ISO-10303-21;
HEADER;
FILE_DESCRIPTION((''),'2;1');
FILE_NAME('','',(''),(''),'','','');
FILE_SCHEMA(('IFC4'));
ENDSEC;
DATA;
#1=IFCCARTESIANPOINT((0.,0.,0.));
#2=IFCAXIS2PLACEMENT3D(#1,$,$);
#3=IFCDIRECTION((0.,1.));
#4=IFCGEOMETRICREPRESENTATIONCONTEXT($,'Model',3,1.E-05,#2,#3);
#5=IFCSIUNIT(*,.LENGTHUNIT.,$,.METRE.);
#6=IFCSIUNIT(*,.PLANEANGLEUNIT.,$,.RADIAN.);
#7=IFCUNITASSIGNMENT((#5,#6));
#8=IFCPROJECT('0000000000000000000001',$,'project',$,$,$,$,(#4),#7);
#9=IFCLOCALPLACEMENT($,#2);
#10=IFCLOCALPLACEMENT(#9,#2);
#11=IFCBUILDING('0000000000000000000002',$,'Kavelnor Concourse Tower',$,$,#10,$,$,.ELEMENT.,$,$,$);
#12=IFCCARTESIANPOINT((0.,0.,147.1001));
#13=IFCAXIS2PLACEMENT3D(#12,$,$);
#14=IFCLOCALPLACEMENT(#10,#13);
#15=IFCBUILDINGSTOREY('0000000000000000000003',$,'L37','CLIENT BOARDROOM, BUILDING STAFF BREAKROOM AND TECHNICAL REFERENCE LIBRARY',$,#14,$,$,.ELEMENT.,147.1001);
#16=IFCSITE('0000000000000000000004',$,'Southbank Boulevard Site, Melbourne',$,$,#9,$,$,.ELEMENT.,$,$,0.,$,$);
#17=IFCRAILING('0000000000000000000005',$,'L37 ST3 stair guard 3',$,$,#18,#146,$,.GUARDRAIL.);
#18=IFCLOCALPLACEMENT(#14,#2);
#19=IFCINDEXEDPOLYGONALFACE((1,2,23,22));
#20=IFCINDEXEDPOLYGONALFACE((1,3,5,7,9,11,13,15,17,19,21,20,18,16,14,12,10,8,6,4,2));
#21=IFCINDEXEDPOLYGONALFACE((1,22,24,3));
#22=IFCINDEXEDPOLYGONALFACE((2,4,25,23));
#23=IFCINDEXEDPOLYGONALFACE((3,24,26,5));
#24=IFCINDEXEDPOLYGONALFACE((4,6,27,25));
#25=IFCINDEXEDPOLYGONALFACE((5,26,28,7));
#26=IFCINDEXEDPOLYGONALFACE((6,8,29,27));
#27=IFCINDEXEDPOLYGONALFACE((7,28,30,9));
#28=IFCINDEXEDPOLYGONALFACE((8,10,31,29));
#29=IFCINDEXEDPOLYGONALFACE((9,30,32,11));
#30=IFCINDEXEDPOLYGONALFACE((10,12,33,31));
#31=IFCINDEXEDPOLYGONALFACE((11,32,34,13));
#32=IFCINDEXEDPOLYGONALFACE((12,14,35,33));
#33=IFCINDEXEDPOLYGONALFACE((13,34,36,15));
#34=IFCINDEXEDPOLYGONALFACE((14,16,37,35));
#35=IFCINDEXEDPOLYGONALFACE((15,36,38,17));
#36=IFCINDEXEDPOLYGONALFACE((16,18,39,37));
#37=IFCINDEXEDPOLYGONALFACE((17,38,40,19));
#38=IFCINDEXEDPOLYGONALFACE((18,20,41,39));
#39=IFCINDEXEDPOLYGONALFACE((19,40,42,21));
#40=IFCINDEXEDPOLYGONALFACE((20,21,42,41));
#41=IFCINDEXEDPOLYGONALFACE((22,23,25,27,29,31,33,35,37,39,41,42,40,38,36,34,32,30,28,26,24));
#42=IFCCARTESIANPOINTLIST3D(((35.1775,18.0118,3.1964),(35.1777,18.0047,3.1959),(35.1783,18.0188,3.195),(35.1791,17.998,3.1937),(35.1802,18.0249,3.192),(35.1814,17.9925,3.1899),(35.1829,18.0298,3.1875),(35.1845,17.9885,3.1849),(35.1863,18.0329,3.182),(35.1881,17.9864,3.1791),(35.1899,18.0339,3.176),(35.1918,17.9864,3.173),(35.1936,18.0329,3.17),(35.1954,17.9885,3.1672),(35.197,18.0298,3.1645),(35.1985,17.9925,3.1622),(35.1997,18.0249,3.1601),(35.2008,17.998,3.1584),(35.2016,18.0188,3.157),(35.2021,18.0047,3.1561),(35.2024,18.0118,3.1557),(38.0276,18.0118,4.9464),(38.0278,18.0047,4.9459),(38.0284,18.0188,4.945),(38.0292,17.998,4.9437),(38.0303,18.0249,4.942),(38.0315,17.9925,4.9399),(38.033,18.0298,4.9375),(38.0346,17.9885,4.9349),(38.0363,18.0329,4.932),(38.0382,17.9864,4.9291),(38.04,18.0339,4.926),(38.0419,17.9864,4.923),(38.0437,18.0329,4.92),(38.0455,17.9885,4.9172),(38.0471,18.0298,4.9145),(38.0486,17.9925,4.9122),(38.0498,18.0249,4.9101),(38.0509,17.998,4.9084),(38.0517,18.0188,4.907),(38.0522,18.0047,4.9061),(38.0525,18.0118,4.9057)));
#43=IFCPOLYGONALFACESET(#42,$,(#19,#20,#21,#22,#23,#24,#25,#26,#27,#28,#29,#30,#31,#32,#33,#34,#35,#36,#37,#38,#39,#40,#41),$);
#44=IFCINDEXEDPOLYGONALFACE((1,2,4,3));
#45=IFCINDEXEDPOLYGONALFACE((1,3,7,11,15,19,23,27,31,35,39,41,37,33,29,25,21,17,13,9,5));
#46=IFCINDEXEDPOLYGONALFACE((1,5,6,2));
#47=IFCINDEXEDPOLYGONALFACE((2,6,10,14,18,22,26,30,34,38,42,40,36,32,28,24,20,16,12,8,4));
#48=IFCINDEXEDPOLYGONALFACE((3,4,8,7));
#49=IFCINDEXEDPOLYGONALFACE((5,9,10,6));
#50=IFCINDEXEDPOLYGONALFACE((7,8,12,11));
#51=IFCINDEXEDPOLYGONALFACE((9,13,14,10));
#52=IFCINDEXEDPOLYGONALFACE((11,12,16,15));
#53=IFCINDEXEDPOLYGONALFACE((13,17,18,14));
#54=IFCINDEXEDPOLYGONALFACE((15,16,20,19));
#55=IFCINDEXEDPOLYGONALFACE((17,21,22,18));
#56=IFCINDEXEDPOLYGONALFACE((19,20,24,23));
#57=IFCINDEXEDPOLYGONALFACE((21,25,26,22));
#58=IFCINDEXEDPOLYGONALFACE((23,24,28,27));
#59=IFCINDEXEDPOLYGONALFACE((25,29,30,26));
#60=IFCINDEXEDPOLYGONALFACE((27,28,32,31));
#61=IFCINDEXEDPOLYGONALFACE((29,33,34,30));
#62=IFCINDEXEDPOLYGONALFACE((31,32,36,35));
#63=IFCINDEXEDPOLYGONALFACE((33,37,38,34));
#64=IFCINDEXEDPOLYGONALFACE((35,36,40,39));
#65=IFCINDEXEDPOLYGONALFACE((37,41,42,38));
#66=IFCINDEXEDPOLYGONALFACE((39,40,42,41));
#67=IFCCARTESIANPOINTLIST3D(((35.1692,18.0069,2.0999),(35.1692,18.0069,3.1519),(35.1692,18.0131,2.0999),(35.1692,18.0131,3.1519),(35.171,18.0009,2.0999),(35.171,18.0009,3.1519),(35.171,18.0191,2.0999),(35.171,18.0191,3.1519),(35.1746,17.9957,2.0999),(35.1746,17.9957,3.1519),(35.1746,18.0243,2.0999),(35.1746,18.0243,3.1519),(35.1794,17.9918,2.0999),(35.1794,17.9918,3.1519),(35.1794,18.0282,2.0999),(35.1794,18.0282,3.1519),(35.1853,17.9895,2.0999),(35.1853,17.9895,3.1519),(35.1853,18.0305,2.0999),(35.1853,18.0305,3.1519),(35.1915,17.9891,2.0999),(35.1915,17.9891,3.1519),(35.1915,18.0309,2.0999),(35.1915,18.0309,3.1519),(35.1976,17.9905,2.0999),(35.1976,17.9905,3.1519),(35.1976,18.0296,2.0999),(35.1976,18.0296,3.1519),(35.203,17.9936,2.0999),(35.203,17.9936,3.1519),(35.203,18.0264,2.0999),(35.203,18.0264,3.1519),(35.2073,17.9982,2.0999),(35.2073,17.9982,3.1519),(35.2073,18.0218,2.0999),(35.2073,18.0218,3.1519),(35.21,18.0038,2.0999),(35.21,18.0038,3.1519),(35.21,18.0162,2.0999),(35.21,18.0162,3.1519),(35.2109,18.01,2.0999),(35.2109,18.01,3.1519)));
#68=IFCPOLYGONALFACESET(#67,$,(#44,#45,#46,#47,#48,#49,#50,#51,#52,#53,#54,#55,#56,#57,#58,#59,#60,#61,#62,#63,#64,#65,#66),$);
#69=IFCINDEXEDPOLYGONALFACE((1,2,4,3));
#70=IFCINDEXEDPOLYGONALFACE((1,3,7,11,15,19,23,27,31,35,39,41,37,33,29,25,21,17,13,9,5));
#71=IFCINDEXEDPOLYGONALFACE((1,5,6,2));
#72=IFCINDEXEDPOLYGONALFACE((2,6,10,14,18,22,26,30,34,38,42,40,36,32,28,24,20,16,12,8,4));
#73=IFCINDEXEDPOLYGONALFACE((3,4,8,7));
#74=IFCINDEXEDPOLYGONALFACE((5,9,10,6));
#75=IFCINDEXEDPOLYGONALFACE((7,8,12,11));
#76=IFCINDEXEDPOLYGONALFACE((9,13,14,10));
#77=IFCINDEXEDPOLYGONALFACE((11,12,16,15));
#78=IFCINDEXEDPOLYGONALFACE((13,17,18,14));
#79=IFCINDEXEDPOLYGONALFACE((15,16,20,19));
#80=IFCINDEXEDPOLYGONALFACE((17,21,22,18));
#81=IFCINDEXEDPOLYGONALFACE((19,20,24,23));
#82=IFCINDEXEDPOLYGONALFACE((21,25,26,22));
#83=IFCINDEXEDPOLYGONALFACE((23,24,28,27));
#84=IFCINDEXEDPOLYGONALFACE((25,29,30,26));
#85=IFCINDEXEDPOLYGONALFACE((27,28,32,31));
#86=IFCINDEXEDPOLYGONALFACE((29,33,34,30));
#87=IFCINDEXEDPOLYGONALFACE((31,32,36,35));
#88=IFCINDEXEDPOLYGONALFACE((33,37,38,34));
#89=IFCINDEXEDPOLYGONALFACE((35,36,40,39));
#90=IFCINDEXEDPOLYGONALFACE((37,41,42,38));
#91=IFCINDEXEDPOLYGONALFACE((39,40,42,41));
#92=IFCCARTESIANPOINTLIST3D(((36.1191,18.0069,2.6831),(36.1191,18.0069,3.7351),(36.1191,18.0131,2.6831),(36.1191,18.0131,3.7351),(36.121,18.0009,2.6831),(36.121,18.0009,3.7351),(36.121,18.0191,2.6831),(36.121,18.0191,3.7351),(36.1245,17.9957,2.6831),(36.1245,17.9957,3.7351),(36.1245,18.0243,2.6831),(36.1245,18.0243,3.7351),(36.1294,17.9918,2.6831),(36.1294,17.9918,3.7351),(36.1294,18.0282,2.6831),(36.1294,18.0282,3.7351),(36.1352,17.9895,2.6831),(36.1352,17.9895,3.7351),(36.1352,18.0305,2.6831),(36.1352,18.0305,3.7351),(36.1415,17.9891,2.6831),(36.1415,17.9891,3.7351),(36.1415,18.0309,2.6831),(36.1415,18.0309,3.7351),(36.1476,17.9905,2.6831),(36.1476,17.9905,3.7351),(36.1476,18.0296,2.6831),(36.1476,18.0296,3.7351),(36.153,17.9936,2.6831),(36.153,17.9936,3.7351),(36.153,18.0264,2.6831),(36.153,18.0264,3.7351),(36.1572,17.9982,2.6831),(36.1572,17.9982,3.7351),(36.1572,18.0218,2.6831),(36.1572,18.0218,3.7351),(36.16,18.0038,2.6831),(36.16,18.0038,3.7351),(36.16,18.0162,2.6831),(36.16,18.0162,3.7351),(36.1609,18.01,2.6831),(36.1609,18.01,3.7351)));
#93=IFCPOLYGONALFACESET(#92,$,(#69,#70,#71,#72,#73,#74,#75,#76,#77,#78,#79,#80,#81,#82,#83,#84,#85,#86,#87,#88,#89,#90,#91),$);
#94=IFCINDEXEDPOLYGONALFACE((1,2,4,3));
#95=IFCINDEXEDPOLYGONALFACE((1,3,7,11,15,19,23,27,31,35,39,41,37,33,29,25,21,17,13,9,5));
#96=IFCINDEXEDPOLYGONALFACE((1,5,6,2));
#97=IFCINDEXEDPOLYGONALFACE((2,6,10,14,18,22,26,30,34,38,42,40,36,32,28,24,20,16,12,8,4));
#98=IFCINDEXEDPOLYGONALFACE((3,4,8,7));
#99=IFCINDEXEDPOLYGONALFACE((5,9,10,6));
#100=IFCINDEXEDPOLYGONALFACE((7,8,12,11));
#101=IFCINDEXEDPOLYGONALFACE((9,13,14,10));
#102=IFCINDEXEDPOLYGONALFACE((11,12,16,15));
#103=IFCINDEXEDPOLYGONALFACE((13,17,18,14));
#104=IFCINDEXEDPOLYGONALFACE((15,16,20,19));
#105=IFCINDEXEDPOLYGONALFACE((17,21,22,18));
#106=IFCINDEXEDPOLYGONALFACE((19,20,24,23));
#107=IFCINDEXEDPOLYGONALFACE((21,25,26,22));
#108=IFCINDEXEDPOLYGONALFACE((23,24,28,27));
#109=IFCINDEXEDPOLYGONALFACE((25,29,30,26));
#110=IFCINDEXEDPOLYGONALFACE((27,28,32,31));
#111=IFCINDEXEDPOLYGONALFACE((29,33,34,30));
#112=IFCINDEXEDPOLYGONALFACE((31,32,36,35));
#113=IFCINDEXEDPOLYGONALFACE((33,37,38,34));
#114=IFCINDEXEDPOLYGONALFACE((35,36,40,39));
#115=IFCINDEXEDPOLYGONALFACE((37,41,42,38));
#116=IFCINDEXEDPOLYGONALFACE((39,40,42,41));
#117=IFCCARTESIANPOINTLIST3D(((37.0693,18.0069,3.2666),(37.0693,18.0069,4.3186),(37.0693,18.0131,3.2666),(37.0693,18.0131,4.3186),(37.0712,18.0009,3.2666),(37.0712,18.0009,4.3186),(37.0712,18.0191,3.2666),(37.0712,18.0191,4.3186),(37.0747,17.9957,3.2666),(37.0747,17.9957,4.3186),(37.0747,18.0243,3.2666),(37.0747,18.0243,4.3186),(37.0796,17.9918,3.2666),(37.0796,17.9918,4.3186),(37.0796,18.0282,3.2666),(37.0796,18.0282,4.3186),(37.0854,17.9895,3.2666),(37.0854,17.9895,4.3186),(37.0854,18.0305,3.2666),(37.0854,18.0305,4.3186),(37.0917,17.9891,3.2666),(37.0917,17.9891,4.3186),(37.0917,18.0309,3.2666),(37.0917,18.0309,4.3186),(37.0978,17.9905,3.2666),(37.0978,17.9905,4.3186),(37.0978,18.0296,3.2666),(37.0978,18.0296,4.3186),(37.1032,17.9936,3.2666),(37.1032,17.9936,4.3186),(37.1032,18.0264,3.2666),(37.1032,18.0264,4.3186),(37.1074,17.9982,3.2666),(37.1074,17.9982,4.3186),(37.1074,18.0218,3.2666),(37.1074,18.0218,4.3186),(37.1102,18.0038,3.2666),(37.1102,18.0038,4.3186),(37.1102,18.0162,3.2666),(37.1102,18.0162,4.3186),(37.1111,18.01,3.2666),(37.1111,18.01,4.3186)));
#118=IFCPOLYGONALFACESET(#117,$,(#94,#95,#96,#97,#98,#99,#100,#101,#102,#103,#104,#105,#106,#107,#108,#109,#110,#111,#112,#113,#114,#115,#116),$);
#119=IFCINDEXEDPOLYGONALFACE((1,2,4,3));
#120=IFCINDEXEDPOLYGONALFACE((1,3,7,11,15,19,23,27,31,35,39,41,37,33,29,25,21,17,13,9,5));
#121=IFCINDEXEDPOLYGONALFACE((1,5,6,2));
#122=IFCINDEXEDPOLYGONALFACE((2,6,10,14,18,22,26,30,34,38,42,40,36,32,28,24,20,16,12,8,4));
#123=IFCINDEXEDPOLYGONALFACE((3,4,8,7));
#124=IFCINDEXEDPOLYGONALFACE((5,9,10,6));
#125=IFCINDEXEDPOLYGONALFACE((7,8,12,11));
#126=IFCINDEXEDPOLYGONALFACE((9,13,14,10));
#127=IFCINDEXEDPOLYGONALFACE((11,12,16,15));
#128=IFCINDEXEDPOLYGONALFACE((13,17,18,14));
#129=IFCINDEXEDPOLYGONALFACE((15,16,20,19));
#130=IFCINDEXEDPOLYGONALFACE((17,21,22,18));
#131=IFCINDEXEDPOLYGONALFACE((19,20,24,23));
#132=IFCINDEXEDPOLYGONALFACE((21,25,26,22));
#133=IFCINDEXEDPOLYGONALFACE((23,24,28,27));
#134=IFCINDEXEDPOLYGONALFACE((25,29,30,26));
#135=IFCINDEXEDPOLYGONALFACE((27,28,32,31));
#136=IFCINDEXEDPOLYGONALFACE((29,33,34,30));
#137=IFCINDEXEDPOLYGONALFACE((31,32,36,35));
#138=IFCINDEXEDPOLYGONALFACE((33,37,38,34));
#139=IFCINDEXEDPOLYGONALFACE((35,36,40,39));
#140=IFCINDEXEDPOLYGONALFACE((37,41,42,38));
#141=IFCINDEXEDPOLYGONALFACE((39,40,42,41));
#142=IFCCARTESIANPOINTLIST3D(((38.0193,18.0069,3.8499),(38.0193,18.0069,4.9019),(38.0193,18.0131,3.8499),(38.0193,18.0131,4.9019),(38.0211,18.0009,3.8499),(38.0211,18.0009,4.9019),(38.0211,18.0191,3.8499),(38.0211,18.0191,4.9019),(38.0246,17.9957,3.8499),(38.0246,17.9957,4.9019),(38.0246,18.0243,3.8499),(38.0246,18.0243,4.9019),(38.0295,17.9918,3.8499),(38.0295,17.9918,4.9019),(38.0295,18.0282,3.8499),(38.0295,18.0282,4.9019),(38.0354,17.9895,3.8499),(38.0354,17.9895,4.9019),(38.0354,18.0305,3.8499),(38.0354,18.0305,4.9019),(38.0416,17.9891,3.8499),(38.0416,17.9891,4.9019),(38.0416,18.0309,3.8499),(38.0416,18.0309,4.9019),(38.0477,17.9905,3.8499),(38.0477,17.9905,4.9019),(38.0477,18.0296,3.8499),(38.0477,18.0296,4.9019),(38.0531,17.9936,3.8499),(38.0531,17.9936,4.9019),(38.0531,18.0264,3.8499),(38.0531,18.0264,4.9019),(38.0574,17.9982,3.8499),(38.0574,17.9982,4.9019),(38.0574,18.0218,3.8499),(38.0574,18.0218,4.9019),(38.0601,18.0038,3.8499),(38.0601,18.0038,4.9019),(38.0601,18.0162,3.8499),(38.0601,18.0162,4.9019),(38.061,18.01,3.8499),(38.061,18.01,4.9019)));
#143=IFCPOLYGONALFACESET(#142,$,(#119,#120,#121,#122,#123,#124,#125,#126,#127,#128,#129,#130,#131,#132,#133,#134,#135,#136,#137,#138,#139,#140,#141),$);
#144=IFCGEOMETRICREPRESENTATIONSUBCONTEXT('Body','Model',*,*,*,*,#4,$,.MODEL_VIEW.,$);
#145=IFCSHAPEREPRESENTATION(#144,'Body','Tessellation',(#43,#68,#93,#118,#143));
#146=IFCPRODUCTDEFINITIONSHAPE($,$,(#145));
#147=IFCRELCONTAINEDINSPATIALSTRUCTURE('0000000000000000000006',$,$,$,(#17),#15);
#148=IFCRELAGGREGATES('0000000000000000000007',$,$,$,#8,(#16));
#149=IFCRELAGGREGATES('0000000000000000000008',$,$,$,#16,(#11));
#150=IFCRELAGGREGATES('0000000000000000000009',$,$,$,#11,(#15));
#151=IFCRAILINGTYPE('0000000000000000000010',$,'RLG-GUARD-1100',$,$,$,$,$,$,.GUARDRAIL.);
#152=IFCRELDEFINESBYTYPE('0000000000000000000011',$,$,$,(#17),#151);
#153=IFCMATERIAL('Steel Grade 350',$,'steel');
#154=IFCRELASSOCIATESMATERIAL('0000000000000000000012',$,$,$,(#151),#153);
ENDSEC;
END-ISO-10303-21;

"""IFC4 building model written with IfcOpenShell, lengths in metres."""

from ifc_helpers import new_model, si_unit, direction, frame, origin, origin_2d, place, context, subcontext, project, spatial, circle, extrude, material, type_object, element, save


model = new_model("IFC4")

# Units and contexts
model_context = context("Model", 3, precision=1e-05, world=origin(), true_north=direction((0.0, 1.0)))
body_context = subcontext(model_context, "Body", "Model", "MODEL_VIEW")
ifc_project = project(units=[si_unit("LENGTHUNIT", "METRE"), si_unit("PLANEANGLEUNIT", "RADIAN")], contexts=[model_context])

# Site, building, storey
site_placement = place(None, origin())
site = spatial("IfcSite", under=ifc_project, at=site_placement, Name="Southbank Boulevard Site, Melbourne", CompositionType="ELEMENT", RefElevation=0.0)
building_placement = place(site_placement, origin())
building = spatial("IfcBuilding", under=site, at=building_placement, Name="Kavelnor Concourse Tower", CompositionType="ELEMENT")
storey_placement = place(building_placement, frame((0.0, 0.0, 147.1001)))
storey = spatial("IfcBuildingStorey", under=building, at=storey_placement, Name="L37", Description="CLIENT BOARDROOM, BUILDING STAFF BREAKROOM AND TECHNICAL REFERENCE LIBRARY", CompositionType="ELEMENT", Elevation=147.1001)

# Shared definitions
ifc_material_1 = material(Name="Steel Grade 350", Category="steel")

# Railing
railing_type_1 = type_object("IfcRailingType", Name="RLG-GUARD-1100", PredefinedType="GUARDRAIL", material=ifc_material_1)
railing_1_placement = place(storey_placement, frame((35.1899, 18.01, 2.0999)))
element("IfcRailing", 1, at=railing_1_placement, inside=storey, type_object=railing_type_1, Name="L37 ST3 stair guard 3", PredefinedType="GUARDRAIL", context=body_context, shape_type="SweptSolid", body=[
    extrude(circle(Radius=0.0239, at=origin_2d()), frame((0.0, 0.0, 1.0762), z_axis=(0.852179, 0.0, 0.52325), x_axis=(0.0, 1.0, 0.0)), (0.0, 0.0, 1.0), 3.3445),
    extrude(circle(Radius=0.021, at=origin_2d()), origin(), (0.0, 0.0, 1.0), 1.052),
    extrude(circle(Radius=0.021, at=origin_2d()), frame((0.95, 0.0, 0.5833)), (0.0, 0.0, 1.0), 1.052),
    extrude(circle(Radius=0.021, at=origin_2d()), frame((1.9001, 0.0, 1.1667)), (0.0, 0.0, 1.0), 1.052),
    extrude(circle(Radius=0.021, at=origin_2d()), frame((2.8501, 0.0, 1.75)), (0.0, 0.0, 1.0), 1.052),
])

save(model, "model.ifc")
